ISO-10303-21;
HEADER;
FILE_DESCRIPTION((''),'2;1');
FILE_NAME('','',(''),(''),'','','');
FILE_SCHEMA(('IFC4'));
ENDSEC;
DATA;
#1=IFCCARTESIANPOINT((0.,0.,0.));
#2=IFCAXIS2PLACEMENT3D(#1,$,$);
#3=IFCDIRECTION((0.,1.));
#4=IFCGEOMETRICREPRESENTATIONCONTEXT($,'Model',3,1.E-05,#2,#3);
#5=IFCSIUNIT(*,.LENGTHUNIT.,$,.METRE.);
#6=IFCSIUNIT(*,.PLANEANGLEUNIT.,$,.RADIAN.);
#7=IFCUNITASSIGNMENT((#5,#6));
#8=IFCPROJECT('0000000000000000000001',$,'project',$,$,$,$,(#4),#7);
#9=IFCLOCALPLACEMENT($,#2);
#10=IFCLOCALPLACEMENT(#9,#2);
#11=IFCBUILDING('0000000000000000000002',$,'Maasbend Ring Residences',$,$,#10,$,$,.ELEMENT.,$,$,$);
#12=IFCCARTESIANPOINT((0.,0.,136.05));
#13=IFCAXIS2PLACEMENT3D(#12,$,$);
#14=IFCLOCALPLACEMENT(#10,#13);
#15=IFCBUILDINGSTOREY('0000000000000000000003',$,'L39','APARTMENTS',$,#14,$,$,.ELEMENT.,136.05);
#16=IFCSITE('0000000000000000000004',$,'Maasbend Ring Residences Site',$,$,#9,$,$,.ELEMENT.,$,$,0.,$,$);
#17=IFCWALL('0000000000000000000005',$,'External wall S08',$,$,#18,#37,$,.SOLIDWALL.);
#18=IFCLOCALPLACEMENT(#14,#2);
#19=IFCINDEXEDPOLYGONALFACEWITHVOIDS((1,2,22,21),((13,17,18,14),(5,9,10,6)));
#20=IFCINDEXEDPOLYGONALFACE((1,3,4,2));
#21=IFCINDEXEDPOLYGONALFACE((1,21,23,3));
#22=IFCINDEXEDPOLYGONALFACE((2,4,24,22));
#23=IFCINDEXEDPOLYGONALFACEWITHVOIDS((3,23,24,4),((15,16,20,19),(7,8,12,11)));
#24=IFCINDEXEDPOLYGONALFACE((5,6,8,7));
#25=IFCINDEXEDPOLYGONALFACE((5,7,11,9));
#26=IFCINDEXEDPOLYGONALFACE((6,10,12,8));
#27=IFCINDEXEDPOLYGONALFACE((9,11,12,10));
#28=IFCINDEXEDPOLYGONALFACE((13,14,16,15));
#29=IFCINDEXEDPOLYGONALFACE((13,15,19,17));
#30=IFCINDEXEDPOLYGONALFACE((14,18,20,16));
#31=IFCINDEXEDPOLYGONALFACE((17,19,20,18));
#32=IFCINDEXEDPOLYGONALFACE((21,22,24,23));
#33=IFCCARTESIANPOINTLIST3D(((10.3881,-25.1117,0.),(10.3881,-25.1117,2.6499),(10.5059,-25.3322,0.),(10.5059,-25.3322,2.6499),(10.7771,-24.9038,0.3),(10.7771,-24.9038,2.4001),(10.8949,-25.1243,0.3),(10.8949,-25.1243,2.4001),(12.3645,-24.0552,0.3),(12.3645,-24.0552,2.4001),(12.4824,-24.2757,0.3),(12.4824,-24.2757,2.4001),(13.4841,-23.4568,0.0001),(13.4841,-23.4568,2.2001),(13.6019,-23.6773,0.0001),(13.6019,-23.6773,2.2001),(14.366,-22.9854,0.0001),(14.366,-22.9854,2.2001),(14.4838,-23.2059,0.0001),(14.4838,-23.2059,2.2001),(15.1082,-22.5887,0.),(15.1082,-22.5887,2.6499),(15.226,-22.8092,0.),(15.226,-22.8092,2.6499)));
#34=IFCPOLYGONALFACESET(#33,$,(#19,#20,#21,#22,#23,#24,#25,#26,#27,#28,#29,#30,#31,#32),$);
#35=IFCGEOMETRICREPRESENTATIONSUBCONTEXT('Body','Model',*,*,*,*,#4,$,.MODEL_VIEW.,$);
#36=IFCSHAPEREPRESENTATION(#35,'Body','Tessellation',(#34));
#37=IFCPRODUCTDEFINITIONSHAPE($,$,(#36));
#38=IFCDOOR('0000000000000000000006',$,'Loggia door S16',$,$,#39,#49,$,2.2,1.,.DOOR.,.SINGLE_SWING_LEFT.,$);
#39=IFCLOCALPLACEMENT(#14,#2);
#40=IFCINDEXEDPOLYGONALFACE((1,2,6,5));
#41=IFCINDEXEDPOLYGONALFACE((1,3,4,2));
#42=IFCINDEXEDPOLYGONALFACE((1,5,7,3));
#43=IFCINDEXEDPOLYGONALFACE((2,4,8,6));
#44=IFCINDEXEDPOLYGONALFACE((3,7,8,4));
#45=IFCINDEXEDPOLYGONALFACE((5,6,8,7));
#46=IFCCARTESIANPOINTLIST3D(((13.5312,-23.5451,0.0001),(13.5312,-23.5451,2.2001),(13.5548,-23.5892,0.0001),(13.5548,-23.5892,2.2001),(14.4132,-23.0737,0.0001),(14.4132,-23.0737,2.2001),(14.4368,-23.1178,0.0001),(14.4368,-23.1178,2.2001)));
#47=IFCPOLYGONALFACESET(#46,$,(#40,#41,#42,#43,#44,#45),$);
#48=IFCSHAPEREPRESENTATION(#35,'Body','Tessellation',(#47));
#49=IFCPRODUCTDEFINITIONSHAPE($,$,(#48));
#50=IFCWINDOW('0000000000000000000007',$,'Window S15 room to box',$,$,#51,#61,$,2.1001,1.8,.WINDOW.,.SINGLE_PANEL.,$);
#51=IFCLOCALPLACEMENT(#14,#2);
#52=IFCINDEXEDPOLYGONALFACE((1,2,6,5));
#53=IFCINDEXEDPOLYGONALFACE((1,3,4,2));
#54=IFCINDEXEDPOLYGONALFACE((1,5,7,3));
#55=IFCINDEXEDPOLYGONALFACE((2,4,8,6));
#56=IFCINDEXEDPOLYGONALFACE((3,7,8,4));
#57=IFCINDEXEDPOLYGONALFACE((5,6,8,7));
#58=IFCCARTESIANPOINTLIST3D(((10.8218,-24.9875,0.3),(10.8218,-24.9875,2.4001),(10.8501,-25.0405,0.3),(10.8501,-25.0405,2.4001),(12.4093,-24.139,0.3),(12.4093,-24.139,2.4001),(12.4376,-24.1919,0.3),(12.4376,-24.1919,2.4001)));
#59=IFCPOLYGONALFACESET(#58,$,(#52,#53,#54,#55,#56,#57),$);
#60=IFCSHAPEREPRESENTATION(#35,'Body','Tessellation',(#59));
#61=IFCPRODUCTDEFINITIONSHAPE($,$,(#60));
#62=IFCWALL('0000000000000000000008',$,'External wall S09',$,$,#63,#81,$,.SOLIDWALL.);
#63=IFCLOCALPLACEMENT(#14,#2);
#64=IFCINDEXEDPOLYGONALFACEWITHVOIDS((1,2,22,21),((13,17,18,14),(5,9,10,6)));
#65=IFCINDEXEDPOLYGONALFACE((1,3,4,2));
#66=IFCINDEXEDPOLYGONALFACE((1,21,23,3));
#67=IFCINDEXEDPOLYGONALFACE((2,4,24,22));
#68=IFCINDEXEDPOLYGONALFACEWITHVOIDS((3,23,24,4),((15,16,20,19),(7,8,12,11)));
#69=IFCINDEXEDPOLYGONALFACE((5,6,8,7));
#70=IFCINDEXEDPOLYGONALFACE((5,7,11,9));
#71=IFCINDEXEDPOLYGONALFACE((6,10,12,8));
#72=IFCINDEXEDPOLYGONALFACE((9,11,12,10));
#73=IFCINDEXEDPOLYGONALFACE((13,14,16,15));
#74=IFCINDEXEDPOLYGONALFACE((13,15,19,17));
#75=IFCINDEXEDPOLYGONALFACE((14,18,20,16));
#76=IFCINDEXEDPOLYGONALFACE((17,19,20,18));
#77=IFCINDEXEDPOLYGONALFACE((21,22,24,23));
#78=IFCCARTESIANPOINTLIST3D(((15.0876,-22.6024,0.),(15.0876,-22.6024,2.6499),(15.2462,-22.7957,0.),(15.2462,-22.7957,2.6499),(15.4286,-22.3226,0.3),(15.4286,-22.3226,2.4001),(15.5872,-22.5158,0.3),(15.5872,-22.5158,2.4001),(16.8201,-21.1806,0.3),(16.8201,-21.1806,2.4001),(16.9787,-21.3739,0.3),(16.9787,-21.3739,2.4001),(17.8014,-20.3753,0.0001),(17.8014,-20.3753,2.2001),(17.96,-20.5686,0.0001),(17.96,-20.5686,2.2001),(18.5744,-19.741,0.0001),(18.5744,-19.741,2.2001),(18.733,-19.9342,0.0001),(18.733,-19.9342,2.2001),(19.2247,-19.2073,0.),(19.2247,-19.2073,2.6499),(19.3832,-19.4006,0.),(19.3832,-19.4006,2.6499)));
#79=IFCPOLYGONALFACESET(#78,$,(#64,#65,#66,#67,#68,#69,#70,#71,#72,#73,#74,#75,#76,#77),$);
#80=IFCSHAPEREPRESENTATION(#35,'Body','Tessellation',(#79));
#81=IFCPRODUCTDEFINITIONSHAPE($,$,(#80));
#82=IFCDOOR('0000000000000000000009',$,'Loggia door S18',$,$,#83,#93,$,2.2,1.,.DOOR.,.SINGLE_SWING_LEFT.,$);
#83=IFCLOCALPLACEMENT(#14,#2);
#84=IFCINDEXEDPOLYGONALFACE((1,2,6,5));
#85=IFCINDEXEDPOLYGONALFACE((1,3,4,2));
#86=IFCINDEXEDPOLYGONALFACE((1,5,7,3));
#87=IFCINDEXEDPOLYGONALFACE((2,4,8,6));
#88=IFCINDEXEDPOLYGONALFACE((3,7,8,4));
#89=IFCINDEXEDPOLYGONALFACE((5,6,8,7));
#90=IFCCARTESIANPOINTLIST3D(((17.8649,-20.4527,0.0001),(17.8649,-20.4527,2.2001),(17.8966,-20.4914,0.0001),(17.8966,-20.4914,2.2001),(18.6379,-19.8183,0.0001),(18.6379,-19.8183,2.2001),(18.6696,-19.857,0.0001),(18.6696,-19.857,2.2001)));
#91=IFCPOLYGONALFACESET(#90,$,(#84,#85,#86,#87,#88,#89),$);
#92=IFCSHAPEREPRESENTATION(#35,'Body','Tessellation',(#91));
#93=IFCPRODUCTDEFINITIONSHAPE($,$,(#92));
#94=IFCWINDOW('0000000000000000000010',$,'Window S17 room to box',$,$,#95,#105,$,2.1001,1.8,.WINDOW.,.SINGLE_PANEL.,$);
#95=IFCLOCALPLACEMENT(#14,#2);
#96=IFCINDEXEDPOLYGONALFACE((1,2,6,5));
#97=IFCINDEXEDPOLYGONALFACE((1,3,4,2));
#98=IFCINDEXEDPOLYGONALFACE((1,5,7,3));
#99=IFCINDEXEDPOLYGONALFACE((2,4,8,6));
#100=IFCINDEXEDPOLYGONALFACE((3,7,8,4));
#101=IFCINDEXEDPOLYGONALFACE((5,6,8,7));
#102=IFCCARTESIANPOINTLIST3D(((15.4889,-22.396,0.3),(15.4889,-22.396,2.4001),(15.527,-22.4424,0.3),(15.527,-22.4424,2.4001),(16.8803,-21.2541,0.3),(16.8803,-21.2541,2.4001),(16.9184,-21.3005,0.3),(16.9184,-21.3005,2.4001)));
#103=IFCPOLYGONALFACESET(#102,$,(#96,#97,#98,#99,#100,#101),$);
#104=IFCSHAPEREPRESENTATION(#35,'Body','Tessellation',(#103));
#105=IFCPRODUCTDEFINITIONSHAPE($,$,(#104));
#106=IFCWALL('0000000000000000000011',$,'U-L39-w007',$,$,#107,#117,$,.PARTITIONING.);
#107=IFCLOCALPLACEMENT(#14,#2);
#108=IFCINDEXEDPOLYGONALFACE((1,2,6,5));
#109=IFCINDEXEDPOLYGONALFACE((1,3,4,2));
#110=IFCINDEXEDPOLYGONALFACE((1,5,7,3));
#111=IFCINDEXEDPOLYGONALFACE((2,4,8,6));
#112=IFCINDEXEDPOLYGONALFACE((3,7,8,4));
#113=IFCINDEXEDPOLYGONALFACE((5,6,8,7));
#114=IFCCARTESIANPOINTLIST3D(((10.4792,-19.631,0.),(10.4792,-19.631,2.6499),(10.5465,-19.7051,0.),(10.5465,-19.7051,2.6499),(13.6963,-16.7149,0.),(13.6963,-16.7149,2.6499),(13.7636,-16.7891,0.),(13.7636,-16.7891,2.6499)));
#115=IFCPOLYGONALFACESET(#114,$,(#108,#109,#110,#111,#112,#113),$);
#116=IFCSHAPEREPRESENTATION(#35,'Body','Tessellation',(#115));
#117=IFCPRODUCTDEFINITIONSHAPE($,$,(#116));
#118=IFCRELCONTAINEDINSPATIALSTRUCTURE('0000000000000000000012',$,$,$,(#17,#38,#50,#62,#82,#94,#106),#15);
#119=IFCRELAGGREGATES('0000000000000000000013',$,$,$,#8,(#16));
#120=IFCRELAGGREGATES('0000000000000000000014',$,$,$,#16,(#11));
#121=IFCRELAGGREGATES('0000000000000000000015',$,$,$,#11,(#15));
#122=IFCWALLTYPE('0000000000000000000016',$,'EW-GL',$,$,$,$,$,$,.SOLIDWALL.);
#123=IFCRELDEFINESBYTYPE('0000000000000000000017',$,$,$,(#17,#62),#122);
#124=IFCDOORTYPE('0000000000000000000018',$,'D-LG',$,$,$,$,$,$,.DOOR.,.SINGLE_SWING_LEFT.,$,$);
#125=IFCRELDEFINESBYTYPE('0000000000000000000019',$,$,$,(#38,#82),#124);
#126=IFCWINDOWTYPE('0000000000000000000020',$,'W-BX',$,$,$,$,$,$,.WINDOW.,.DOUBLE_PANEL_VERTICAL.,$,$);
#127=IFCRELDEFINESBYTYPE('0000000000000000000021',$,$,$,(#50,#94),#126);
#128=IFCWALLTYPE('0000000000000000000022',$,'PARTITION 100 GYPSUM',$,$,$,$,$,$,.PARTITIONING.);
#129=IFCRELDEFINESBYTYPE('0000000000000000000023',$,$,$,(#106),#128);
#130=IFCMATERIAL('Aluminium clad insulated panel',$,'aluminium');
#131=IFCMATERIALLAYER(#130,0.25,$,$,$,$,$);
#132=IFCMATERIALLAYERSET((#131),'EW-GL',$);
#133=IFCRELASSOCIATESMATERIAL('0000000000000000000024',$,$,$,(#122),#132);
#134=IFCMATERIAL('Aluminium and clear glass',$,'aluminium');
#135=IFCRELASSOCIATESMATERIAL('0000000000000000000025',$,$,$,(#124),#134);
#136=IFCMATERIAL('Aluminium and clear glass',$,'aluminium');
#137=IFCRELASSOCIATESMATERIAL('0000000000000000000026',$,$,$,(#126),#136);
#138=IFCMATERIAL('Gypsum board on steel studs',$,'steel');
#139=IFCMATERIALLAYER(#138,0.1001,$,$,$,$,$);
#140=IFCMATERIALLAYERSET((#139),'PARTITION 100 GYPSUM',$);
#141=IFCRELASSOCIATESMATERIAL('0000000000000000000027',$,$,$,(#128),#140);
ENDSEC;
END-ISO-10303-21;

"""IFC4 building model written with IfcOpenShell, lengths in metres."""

from ifc_helpers import new_model, si_unit, direction, frame, frame_2d, origin, place, context, subcontext, project, spatial, rectangle, extrude, material, layer, layer_set, type_object, element, fill, save


model = new_model("IFC4")

# Units and contexts
model_context = context("Model", 3, precision=1e-05, world=origin(), true_north=direction((0.0, 1.0)))
body_context = subcontext(model_context, "Body", "Model", "MODEL_VIEW")
ifc_project = project(units=[si_unit("LENGTHUNIT", "METRE"), si_unit("PLANEANGLEUNIT", "RADIAN")], contexts=[model_context])

# Site, building, storey
site_placement = place(None, origin())
site = spatial("IfcSite", under=ifc_project, at=site_placement, Name="Maasbend Ring Residences Site", CompositionType="ELEMENT", RefElevation=0.0)
building_placement = place(site_placement, origin())
building = spatial("IfcBuilding", under=site, at=building_placement, Name="Maasbend Ring Residences", CompositionType="ELEMENT")
storey_placement = place(building_placement, frame((0.0, 0.0, 136.05)))
storey = spatial("IfcBuildingStorey", under=building, at=storey_placement, Name="L39", Description="APARTMENTS", CompositionType="ELEMENT", Elevation=136.05)

# Walls, openings, doors, windows
ifc_material_1 = material(Name="Aluminium clad insulated panel", Category="aluminium")
ifc_layer_1 = layer(ifc_material_1, 0.25)
ifc_layer_set_1 = layer_set([ifc_layer_1], Name="EW-GL")
wall_type_1 = type_object("IfcWallType", Name="EW-GL", PredefinedType="SOLIDWALL", material=ifc_layer_set_1)
wall_1_placement = place(storey_placement, frame((10.447, -25.2219, 0.0), z_axis=(0.0, 0.0, 1.0), x_axis=(0.881916, 0.471407, 0.0)))
wall_1 = element("IfcWall", 1, at=wall_1_placement, inside=storey, type_object=wall_type_1, Name="External wall S08", PredefinedType="SOLIDWALL", context=body_context, shape_type="SweptSolid", body=[
    extrude(rectangle(XDim=5.3521, YDim=0.25, at=frame_2d((2.676, 0.0))), origin(), (0.0, 0.0, 1.0), 2.6499),
])
opening_1_placement = place(wall_1_placement, frame((0.4412, 0.0, 0.3)))
opening_1 = element("IfcOpeningElement", 2, at=opening_1_placement, cuts=wall_1, PredefinedType="OPENING", context=body_context, shape_type="SweptSolid", body=[
    extrude(rectangle(XDim=1.8, YDim=2.1001, at=frame_2d((0.8999, 1.05))), frame((0.0, 0.135, 0.0), z_axis=(0.0, -1.0, 0.0), x_axis=(1.0, 0.0, 0.0)), (0.0, 0.0, 1.0), 0.27),
])
opening_2_placement = place(wall_1_placement, frame((3.5105, 0.0, 0.0)))
opening_2 = element("IfcOpeningElement", 3, at=opening_2_placement, cuts=wall_1, PredefinedType="OPENING", context=body_context, shape_type="SweptSolid", body=[
    extrude(rectangle(XDim=1.0, YDim=2.2, at=frame_2d((0.5, 1.1001))), frame((0.0, 0.135, 0.0), z_axis=(0.0, -1.0, 0.0), x_axis=(1.0, 0.0, 0.0)), (0.0, 0.0, 1.0), 0.27),
])
ifc_material_2 = material(Name="Aluminium and clear glass", Category="aluminium")
door_type = type_object("IfcDoorType", Name="D-LG", OperationType="SINGLE_SWING_LEFT", PredefinedType="DOOR", material=ifc_material_2)
door_1_placement = place(opening_2_placement, origin())
door_1 = element("IfcDoor", 4, at=door_1_placement, inside=storey, type_object=door_type, Name="Loggia door S16", OperationType="SINGLE_SWING_LEFT", OverallHeight=2.2, OverallWidth=1.0, PredefinedType="DOOR", context=body_context, shape_type="SweptSolid", body=[
    extrude(rectangle(XDim=1.0, YDim=2.2, at=frame_2d((0.5, 1.1001))), frame((0.0, 0.0249, 0.0), z_axis=(0.0, -1.0, 0.0), x_axis=(1.0, 0.0, 0.0)), (0.0, 0.0, 1.0), 0.05),
])
fill(opening_2, door_1)
ifc_material_3 = material(Name="Aluminium and clear glass", Category="aluminium")
window_type_1 = type_object("IfcWindowType", Name="W-BX", PartitioningType="DOUBLE_PANEL_VERTICAL", PredefinedType="WINDOW", material=ifc_material_3)
window_1_placement = place(opening_1_placement, origin())
window_1 = element("IfcWindow", 5, at=window_1_placement, inside=storey, type_object=window_type_1, Name="Window S15 room to box", OverallHeight=2.1001, OverallWidth=1.8, PartitioningType="SINGLE_PANEL", PredefinedType="WINDOW", context=body_context, shape_type="SweptSolid", body=[
    extrude(rectangle(XDim=1.8, YDim=2.1001, at=frame_2d((0.8999, 1.05))), frame((0.0, 0.03, 0.0), z_axis=(0.0, -1.0, 0.0), x_axis=(1.0, 0.0, 0.0)), (0.0, 0.0, 1.0), 0.0601),
])
fill(opening_1, window_1)
wall_2_placement = place(storey_placement, frame((15.167, -22.699, 0.0), z_axis=(0.0, 0.0, 1.0), x_axis=(0.773019, 0.634382, 0.0)))
wall_2 = element("IfcWall", 6, at=wall_2_placement, inside=storey, type_object=wall_type_1, Name="External wall S09", PredefinedType="SOLIDWALL", context=body_context, shape_type="SweptSolid", body=[
    extrude(rectangle(XDim=5.3518, YDim=0.25, at=frame_2d((2.6758, 0.0))), origin(), (0.0, 0.0, 1.0), 2.6499),
])
opening_3_placement = place(wall_2_placement, frame((0.4412, 0.0, 0.3)))
opening_3 = element("IfcOpeningElement", 7, at=opening_3_placement, cuts=wall_2, PredefinedType="OPENING", context=body_context, shape_type="SweptSolid", body=[
    extrude(rectangle(XDim=1.8, YDim=2.1001, at=frame_2d((0.8999, 1.05))), frame((0.0, 0.135, 0.0), z_axis=(0.0, -1.0, 0.0), x_axis=(1.0, 0.0, 0.0)), (0.0, 0.0, 1.0), 0.27),
])
opening_4_placement = place(wall_2_placement, frame((3.5105, 0.0, 0.0)))
opening_4 = element("IfcOpeningElement", 8, at=opening_4_placement, cuts=wall_2, PredefinedType="OPENING", context=body_context, shape_type="SweptSolid", body=[
    extrude(rectangle(XDim=1.0, YDim=2.2, at=frame_2d((0.5, 1.1001))), frame((0.0, 0.135, 0.0), z_axis=(0.0, -1.0, 0.0), x_axis=(1.0, 0.0, 0.0)), (0.0, 0.0, 1.0), 0.27),
])
door_2_placement = place(opening_4_placement, origin())
door_2 = element("IfcDoor", 9, at=door_2_placement, inside=storey, type_object=door_type, Name="Loggia door S18", OperationType="SINGLE_SWING_LEFT", OverallHeight=2.2, OverallWidth=1.0, PredefinedType="DOOR", context=body_context, shape_type="SweptSolid", body=[
    extrude(rectangle(XDim=1.0, YDim=2.2, at=frame_2d((0.5, 1.1001))), frame((0.0, 0.0249, 0.0), z_axis=(0.0, -1.0, 0.0), x_axis=(1.0, 0.0, 0.0)), (0.0, 0.0, 1.0), 0.05),
])
fill(opening_4, door_2)
window_2_placement = place(opening_3_placement, origin())
window_2 = element("IfcWindow", 10, at=window_2_placement, inside=storey, type_object=window_type_1, Name="Window S17 room to box", OverallHeight=2.1001, OverallWidth=1.8, PartitioningType="SINGLE_PANEL", PredefinedType="WINDOW", context=body_context, shape_type="SweptSolid", body=[
    extrude(rectangle(XDim=1.8, YDim=2.1001, at=frame_2d((0.8999, 1.05))), frame((0.0, 0.03, 0.0), z_axis=(0.0, -1.0, 0.0), x_axis=(1.0, 0.0, 0.0)), (0.0, 0.0, 1.0), 0.0601),
])
fill(opening_3, window_2)

# Wall
ifc_material_4 = material(Name="Gypsum board on steel studs", Category="steel")
ifc_layer_2 = layer(ifc_material_4, 0.1001)
ifc_layer_set_2 = layer_set([ifc_layer_2], Name="PARTITION 100 GYPSUM")
wall_type_2 = type_object("IfcWallType", Name="PARTITION 100 GYPSUM", PredefinedType="PARTITIONING", material=ifc_layer_set_2)
wall_3_placement = place(storey_placement, frame((10.5129, -19.668, 0.0), z_axis=(0.0, 0.0, 1.0), x_axis=(0.740921, 0.671592, 0.0)))
element("IfcWall", 11, at=wall_3_placement, inside=storey, type_object=wall_type_2, Name="U-L39-w007", PredefinedType="PARTITIONING", context=body_context, shape_type="SweptSolid", body=[
    extrude(rectangle(XDim=4.342, YDim=0.1001, at=frame_2d((2.1709, 0.0))), origin(), (0.0, 0.0, 1.0), 2.6499),
])

save(model, "model.ifc")
